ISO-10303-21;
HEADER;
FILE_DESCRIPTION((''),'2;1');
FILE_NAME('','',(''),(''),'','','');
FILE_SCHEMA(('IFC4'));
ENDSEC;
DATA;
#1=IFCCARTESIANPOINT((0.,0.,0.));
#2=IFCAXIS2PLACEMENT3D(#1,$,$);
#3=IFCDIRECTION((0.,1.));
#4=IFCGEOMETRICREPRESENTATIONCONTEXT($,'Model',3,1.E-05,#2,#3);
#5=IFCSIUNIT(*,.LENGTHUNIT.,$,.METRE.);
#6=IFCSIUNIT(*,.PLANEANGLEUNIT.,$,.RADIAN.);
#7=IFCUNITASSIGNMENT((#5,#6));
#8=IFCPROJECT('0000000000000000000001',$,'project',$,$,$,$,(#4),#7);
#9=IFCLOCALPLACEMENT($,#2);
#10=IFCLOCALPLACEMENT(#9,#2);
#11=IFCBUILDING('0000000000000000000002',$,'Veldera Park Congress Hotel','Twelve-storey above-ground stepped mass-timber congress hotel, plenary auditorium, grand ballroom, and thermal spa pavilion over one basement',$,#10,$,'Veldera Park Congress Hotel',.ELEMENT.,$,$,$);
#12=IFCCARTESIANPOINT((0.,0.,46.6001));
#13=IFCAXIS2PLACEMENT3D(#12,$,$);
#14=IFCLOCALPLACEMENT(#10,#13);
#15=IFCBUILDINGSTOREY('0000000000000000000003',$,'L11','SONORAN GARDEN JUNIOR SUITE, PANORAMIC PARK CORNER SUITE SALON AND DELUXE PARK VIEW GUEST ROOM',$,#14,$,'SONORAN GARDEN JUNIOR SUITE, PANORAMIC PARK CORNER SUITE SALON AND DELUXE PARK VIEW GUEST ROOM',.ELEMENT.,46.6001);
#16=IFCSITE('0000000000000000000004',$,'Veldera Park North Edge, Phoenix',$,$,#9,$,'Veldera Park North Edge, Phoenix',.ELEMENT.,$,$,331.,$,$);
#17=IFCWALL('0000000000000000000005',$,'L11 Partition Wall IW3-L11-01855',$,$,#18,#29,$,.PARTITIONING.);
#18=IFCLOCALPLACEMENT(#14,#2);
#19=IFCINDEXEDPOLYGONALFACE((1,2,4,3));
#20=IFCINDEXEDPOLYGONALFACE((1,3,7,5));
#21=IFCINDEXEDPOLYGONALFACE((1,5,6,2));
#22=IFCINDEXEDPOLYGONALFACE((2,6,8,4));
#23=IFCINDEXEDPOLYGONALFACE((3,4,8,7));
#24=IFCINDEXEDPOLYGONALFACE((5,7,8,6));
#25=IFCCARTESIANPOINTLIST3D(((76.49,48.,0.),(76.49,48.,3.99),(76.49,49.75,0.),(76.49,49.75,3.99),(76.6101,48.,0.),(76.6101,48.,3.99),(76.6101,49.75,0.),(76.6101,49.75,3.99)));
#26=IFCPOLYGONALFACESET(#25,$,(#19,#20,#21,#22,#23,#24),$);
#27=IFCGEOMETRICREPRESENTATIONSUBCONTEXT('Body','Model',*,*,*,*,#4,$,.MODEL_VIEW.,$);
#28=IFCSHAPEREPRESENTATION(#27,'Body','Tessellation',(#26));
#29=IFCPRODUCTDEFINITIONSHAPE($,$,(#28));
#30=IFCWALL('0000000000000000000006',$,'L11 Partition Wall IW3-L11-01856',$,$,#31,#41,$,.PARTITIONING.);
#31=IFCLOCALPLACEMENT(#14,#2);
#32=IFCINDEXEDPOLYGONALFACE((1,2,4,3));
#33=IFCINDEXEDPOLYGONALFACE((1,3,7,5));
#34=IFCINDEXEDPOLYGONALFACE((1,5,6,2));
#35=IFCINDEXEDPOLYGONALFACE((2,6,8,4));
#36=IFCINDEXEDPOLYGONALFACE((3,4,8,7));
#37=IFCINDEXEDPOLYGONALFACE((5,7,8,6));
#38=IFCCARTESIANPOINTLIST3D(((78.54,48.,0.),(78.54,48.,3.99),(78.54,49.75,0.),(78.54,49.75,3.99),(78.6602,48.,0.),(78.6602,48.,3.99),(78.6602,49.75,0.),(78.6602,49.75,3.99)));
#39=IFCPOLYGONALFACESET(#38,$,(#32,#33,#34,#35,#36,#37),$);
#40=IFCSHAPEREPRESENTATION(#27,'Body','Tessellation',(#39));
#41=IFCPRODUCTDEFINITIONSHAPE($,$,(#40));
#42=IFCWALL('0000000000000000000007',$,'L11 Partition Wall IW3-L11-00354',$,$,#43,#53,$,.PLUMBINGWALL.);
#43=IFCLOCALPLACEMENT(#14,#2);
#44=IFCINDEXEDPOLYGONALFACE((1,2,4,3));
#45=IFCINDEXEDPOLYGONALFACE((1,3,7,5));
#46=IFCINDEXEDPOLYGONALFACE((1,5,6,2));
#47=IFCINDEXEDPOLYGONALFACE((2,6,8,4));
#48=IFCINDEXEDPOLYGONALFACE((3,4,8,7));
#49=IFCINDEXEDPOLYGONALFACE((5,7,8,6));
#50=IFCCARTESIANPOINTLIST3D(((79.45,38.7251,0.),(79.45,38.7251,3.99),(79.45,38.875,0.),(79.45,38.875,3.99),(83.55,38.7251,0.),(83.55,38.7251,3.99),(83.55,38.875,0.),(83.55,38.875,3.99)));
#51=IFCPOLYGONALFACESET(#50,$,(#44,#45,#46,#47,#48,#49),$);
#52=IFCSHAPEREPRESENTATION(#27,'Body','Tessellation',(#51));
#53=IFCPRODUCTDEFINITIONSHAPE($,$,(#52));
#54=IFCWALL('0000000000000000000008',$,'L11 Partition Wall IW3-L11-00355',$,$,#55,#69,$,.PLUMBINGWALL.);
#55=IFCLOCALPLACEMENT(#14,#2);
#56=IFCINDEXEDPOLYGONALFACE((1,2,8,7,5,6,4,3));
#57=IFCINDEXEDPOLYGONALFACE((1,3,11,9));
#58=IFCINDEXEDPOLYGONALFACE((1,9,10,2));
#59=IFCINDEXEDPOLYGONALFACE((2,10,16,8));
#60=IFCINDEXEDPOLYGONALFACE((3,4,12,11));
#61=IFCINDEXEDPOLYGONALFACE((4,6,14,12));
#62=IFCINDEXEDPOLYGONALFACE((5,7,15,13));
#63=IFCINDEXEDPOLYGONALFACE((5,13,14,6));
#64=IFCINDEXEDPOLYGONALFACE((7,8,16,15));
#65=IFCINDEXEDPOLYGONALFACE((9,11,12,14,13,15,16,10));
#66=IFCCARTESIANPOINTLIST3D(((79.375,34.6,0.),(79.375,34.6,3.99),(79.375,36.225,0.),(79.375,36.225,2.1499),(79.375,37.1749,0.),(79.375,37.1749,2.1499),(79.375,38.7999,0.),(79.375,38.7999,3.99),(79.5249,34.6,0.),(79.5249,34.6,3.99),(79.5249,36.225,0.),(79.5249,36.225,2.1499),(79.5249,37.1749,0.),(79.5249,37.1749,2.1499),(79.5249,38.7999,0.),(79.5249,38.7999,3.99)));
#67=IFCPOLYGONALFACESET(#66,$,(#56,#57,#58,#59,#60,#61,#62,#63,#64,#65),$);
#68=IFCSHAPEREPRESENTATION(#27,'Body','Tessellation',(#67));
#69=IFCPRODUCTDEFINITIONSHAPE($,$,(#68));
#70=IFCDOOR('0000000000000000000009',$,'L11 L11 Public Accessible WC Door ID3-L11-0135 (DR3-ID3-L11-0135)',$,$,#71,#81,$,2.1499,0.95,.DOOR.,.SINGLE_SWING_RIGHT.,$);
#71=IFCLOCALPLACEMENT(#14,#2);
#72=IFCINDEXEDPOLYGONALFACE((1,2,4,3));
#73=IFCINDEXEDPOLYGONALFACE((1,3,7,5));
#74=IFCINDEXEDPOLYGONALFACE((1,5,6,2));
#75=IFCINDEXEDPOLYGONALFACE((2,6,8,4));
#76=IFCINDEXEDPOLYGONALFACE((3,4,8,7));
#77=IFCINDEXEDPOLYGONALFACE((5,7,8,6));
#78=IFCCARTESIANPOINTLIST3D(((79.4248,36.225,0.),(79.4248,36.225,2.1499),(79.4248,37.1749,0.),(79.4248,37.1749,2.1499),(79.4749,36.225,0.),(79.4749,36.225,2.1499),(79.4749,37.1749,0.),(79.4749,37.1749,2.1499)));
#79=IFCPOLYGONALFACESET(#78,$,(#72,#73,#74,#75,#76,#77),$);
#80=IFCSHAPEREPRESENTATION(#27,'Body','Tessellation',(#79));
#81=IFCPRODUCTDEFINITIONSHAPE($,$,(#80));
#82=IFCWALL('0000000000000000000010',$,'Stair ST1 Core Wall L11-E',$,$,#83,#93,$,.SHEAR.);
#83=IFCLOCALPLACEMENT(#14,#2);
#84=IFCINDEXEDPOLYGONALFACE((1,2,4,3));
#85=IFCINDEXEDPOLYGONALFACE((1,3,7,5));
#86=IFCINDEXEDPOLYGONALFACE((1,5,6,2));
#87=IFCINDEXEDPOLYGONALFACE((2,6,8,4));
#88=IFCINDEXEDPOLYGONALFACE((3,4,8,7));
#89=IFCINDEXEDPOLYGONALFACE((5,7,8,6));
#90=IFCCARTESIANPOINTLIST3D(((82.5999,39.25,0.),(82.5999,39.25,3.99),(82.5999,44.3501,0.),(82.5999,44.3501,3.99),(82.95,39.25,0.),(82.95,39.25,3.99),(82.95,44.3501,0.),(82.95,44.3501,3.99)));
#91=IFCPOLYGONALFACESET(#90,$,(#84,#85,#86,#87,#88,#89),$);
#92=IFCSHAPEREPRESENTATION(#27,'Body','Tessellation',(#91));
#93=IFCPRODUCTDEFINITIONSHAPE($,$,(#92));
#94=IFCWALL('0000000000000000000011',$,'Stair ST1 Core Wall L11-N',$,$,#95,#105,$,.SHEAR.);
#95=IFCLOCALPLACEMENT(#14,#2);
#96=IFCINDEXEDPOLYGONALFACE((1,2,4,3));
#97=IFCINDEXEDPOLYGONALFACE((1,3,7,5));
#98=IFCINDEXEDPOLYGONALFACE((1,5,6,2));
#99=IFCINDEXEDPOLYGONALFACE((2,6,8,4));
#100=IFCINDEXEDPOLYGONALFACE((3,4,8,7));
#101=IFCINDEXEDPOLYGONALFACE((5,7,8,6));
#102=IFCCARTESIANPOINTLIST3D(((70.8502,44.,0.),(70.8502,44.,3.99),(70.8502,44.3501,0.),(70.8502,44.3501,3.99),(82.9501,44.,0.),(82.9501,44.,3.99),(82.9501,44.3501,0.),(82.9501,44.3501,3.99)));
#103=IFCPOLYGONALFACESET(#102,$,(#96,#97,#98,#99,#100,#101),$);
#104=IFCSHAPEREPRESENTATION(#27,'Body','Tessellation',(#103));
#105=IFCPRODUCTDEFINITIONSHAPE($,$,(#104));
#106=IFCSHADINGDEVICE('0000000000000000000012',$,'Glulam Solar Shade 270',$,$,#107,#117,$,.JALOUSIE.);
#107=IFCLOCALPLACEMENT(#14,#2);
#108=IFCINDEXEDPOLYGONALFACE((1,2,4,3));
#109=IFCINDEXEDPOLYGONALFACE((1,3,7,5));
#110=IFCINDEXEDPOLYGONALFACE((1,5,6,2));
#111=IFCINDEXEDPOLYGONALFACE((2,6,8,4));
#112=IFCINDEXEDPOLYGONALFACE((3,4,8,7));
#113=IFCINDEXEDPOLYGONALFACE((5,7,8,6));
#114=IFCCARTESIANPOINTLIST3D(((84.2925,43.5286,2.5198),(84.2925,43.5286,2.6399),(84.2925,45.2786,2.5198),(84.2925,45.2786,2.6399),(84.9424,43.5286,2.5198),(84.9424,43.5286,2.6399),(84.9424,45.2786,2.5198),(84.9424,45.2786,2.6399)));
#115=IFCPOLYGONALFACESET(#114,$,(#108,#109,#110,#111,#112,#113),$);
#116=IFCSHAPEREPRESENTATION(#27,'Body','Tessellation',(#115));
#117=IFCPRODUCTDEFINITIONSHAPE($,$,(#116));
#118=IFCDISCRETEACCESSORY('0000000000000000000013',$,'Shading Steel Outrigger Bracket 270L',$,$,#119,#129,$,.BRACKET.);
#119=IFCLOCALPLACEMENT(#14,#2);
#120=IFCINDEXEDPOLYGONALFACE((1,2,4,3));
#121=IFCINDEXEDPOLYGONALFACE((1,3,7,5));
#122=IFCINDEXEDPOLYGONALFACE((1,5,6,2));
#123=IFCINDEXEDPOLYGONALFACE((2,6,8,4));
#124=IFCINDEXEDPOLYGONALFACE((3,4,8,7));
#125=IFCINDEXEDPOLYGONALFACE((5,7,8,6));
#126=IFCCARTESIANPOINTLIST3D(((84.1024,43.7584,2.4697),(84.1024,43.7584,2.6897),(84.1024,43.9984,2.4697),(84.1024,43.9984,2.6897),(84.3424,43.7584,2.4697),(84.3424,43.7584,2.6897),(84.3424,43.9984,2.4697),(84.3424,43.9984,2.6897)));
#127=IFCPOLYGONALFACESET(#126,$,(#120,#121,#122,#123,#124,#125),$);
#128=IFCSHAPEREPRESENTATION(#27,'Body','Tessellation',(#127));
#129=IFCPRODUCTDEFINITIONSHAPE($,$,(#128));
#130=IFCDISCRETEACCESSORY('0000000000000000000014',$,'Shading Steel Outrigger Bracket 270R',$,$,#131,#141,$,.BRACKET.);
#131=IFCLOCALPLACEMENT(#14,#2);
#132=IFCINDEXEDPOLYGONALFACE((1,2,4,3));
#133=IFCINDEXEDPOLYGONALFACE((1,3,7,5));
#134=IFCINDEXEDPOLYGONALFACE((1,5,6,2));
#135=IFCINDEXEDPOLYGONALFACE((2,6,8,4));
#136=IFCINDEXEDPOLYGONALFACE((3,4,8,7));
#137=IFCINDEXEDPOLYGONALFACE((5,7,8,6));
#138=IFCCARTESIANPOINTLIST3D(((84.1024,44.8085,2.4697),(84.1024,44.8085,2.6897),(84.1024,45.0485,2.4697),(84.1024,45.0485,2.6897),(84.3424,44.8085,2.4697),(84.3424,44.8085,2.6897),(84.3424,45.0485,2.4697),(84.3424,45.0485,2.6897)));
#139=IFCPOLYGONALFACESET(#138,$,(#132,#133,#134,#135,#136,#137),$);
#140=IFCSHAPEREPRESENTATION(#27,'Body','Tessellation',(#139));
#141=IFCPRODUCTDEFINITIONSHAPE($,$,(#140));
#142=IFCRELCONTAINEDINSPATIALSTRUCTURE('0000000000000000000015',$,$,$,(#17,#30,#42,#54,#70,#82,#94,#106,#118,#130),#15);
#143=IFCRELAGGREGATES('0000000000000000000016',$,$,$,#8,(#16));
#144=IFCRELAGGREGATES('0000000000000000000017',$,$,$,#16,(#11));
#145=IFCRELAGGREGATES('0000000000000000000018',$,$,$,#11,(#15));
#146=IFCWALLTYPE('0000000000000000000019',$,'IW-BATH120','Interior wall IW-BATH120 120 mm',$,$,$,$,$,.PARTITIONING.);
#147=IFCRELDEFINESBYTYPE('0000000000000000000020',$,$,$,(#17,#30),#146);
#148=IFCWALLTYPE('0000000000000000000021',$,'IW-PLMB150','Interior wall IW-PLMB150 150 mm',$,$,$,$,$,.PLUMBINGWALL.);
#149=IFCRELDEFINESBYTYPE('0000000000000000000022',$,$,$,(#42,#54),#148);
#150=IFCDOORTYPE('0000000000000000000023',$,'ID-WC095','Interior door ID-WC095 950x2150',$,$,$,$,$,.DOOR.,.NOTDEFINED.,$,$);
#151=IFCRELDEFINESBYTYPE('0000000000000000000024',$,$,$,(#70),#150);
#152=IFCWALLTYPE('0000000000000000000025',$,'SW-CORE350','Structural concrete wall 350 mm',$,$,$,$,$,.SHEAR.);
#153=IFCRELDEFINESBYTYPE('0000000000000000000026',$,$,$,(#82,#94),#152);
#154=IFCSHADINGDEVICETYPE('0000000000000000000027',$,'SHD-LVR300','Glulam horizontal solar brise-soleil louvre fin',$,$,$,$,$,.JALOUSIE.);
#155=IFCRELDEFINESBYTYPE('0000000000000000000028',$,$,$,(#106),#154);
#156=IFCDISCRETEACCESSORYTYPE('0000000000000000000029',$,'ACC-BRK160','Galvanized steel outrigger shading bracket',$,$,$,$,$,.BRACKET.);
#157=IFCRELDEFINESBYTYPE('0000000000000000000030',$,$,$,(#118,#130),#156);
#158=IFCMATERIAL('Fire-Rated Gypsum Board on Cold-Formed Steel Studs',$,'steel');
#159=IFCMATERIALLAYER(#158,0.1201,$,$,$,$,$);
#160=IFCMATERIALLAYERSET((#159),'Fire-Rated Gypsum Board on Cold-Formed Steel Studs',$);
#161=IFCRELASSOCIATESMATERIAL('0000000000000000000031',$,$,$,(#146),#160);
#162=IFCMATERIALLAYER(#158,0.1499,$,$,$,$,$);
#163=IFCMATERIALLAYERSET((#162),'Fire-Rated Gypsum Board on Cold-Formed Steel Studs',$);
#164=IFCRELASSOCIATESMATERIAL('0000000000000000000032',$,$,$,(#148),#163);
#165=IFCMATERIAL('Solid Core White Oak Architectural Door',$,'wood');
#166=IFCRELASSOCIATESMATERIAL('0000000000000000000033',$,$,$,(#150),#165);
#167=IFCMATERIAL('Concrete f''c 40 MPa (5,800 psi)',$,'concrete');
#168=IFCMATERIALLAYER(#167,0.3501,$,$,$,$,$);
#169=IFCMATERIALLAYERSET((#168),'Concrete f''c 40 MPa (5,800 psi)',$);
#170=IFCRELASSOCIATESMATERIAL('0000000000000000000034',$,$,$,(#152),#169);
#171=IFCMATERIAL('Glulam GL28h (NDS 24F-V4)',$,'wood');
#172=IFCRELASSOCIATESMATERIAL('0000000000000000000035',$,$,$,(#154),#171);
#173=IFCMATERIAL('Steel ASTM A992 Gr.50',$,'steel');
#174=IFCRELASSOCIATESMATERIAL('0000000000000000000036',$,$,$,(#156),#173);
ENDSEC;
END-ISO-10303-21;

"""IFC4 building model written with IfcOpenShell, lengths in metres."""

from ifc_helpers import new_model, si_unit, direction, frame, frame_2d, origin, origin_2d, place, context, subcontext, project, spatial, rectangle, extrude, material, layer, layer_set, type_object, element, fill, save


model = new_model("IFC4")

# Units and contexts
model_context = context("Model", 3, precision=1e-05, world=origin(), true_north=direction((0.0, 1.0)))
body_context = subcontext(model_context, "Body", "Model", "MODEL_VIEW")
ifc_project = project(units=[si_unit("LENGTHUNIT", "METRE"), si_unit("PLANEANGLEUNIT", "RADIAN")], contexts=[model_context])

# Site, building, storey
site_placement = place(None, origin())
site = spatial("IfcSite", under=ifc_project, at=site_placement, Name="Veldera Park North Edge, Phoenix", LongName="Veldera Park North Edge, Phoenix", CompositionType="ELEMENT", RefElevation=331.0)
building_placement = place(site_placement, origin())
building = spatial("IfcBuilding", under=site, at=building_placement, Name="Veldera Park Congress Hotel", Description="Twelve-storey above-ground stepped mass-timber congress hotel, plenary auditorium, grand ballroom, and thermal spa pavilion over one basement", LongName="Veldera Park Congress Hotel", CompositionType="ELEMENT")
storey_placement = place(building_placement, frame((0.0, 0.0, 46.6001)))
storey = spatial("IfcBuildingStorey", under=building, at=storey_placement, Name="L11", Description="SONORAN GARDEN JUNIOR SUITE, PANORAMIC PARK CORNER SUITE SALON AND DELUXE PARK VIEW GUEST ROOM", LongName="SONORAN GARDEN JUNIOR SUITE, PANORAMIC PARK CORNER SUITE SALON AND DELUXE PARK VIEW GUEST ROOM", CompositionType="ELEMENT", Elevation=46.6001)

# Shared definitions
ifc_material_1 = material(Name="Glulam GL28h (NDS 24F-V4)", Category="wood")

# Walls
ifc_material_2 = material(Name="Fire-Rated Gypsum Board on Cold-Formed Steel Studs", Category="steel")
ifc_layer_1 = layer(ifc_material_2, 0.1201)
ifc_layer_set_1 = layer_set([ifc_layer_1], Name="Fire-Rated Gypsum Board on Cold-Formed Steel Studs")
wall_type_1 = type_object("IfcWallType", Name="IW-BATH120", Description="Interior wall IW-BATH120 120 mm", PredefinedType="PARTITIONING", material=ifc_layer_set_1)
for number, where, z_axis, x_axis, name in (
    (1, (76.55, 48.0, 0.0), (0.0, 0.0, 1.0), (0.0, 1.0, 0.0), "L11 Partition Wall IW3-L11-01855"),
    (2, (78.6001, 48.0, 0.0), (0.0, 0.0, 1.0), (0.0, 1.0, 0.0), "L11 Partition Wall IW3-L11-01856"),
):
    element("IfcWall", number, at=place(storey_placement, frame(where, z_axis=z_axis, x_axis=x_axis)), inside=storey, type_object=wall_type_1, Name=name, PredefinedType="PARTITIONING", context=body_context, shape_type="SweptSolid", body=[
        extrude(rectangle(XDim=1.75, YDim=0.1201, at=frame_2d((0.875, 0.0))), origin(), (0.0, 0.0, 1.0), 3.99),
    ])
ifc_layer_2 = layer(ifc_material_2, 0.1499)
ifc_layer_set_2 = layer_set([ifc_layer_2], Name="Fire-Rated Gypsum Board on Cold-Formed Steel Studs")
wall_type_2 = type_object("IfcWallType", Name="IW-PLMB150", Description="Interior wall IW-PLMB150 150 mm", PredefinedType="PLUMBINGWALL", material=ifc_layer_set_2)
wall_1_placement = place(storey_placement, frame((83.55, 38.8, 0.0), z_axis=(0.0, 0.0, 1.0), x_axis=(-1.0, 0.0, 0.0)))
element("IfcWall", 3, at=wall_1_placement, inside=storey, type_object=wall_type_2, Name="L11 Partition Wall IW3-L11-00354", PredefinedType="PLUMBINGWALL", context=body_context, shape_type="SweptSolid", body=[
    extrude(rectangle(XDim=4.1001, YDim=0.1499, at=frame_2d((2.05, 0.0))), origin(), (0.0, 0.0, 1.0), 3.99),
])

# Wall, opening, door
wall_2_placement = place(storey_placement, frame((79.45, 38.8, 0.0), z_axis=(0.0, 0.0, 1.0), x_axis=(0.0, -1.0, 0.0)))
wall_2 = element("IfcWall", 4, at=wall_2_placement, inside=storey, type_object=wall_type_2, Name="L11 Partition Wall IW3-L11-00355", PredefinedType="PLUMBINGWALL", context=body_context, shape_type="SweptSolid", body=[
    extrude(rectangle(XDim=4.2, YDim=0.1499, at=frame_2d((2.1001, 0.0))), origin(), (0.0, 0.0, 1.0), 3.99),
])
opening_1_placement = place(wall_2_placement, frame((1.625, 0.0, 0.0)))
opening_1 = element("IfcOpeningElement", 5, at=opening_1_placement, cuts=wall_2, PredefinedType="OPENING", context=body_context, shape_type="SweptSolid", body=[
    extrude(rectangle(XDim=0.95, YDim=2.1499, at=frame_2d((0.4751, 1.075))), frame((0.0, 0.0869, 0.0), z_axis=(0.0, -1.0, 0.0), x_axis=(1.0, 0.0, 0.0)), (0.0, 0.0, 1.0), 0.1738),
])
ifc_material_3 = material(Name="Solid Core White Oak Architectural Door", Category="wood")
door_type = type_object("IfcDoorType", Name="ID-WC095", Description="Interior door ID-WC095 950x2150", OperationType="NOTDEFINED", PredefinedType="DOOR", material=ifc_material_3)
door_placement = place(opening_1_placement, origin())
door = element("IfcDoor", 6, at=door_placement, inside=storey, type_object=door_type, Name="L11 L11 Public Accessible WC Door ID3-L11-0135 (DR3-ID3-L11-0135)", OperationType="SINGLE_SWING_RIGHT", OverallHeight=2.1499, OverallWidth=0.95, PredefinedType="DOOR", context=body_context, shape_type="SweptSolid", body=[
    extrude(rectangle(XDim=0.95, YDim=2.1499, at=frame_2d((0.4751, 1.075))), frame((0.0, 0.0249, 0.0), z_axis=(0.0, -1.0, 0.0), x_axis=(1.0, 0.0, 0.0)), (0.0, 0.0, 1.0), 0.05),
])
fill(opening_1, door)

# Walls
ifc_material_4 = material(Name="Concrete f'c 40 MPa (5,800 psi)", Category="concrete")
ifc_layer_3 = layer(ifc_material_4, 0.3501)
ifc_layer_set_3 = layer_set([ifc_layer_3], Name="Concrete f'c 40 MPa (5,800 psi)")
wall_type_3 = type_object("IfcWallType", Name="SW-CORE350", Description="Structural concrete wall 350 mm", PredefinedType="SHEAR", material=ifc_layer_set_3)
wall_3_placement = place(storey_placement, frame((82.7749, 39.25, 0.0), z_axis=(0.0, 0.0, 1.0), x_axis=(0.0, 1.0, 0.0)))
element("IfcWall", 7, at=wall_3_placement, inside=storey, type_object=wall_type_3, Name="Stair ST1 Core Wall L11-E", PredefinedType="SHEAR", context=body_context, shape_type="SweptSolid", body=[
    extrude(rectangle(XDim=5.1001, YDim=0.3501, at=frame_2d((2.55, 0.0))), origin(), (0.0, 0.0, 1.0), 3.99),
])
wall_4_placement = place(storey_placement, frame((82.95, 44.175, 0.0), z_axis=(0.0, 0.0, 1.0), x_axis=(-1.0, 0.0, 0.0)))
element("IfcWall", 8, at=wall_4_placement, inside=storey, type_object=wall_type_3, Name="Stair ST1 Core Wall L11-N", PredefinedType="SHEAR", context=body_context, shape_type="SweptSolid", body=[
    extrude(rectangle(XDim=12.0999, YDim=0.3501, at=frame_2d((6.0498, 0.0))), origin(), (0.0, 0.0, 1.0), 3.99),
])

# Shading device
shading_device_type = type_object("IfcShadingDeviceType", Name="SHD-LVR300", Description="Glulam horizontal solar brise-soleil louvre fin", PredefinedType="JALOUSIE", material=ifc_material_1)
shading_device_placement = place(storey_placement, frame((84.6174, 44.4036, 2.5198), z_axis=(0.0, 0.0, 1.0), x_axis=(0.0, 1.0, 0.0)))
element("IfcShadingDevice", 9, at=shading_device_placement, inside=storey, type_object=shading_device_type, Name="Glulam Solar Shade 270", PredefinedType="JALOUSIE", context=body_context, shape_type="SweptSolid", body=[
    extrude(rectangle(XDim=1.75, YDim=0.6499, at=origin_2d()), origin(), (0.0, 0.0, 1.0), 0.1201),
])

# Discrete accessories
ifc_material_5 = material(Name="Steel ASTM A992 Gr.50", Category="steel")
discrete_accessory_type = type_object("IfcDiscreteAccessoryType", Name="ACC-BRK160", Description="Galvanized steel outrigger shading bracket", PredefinedType="BRACKET", material=ifc_material_5)
for number, where, z_axis, x_axis, name in (
    (10, (84.2224, 43.8784, 2.4697), (0.0, 0.0, 1.0), (0.0, 1.0, 0.0), "Shading Steel Outrigger Bracket 270L"),
    (11, (84.2224, 44.9285, 2.4697), (0.0, 0.0, 1.0), (0.0, 1.0, 0.0), "Shading Steel Outrigger Bracket 270R"),
):
    element("IfcDiscreteAccessory", number, at=place(storey_placement, frame(where, z_axis=z_axis, x_axis=x_axis)), inside=storey, type_object=discrete_accessory_type, Name=name, PredefinedType="BRACKET", context=body_context, shape_type="SweptSolid", body=[
        extrude(rectangle(XDim=0.24, YDim=0.24, at=origin_2d()), origin(), (0.0, 0.0, 1.0), 0.22),
    ])

save(model, "model.ifc")
